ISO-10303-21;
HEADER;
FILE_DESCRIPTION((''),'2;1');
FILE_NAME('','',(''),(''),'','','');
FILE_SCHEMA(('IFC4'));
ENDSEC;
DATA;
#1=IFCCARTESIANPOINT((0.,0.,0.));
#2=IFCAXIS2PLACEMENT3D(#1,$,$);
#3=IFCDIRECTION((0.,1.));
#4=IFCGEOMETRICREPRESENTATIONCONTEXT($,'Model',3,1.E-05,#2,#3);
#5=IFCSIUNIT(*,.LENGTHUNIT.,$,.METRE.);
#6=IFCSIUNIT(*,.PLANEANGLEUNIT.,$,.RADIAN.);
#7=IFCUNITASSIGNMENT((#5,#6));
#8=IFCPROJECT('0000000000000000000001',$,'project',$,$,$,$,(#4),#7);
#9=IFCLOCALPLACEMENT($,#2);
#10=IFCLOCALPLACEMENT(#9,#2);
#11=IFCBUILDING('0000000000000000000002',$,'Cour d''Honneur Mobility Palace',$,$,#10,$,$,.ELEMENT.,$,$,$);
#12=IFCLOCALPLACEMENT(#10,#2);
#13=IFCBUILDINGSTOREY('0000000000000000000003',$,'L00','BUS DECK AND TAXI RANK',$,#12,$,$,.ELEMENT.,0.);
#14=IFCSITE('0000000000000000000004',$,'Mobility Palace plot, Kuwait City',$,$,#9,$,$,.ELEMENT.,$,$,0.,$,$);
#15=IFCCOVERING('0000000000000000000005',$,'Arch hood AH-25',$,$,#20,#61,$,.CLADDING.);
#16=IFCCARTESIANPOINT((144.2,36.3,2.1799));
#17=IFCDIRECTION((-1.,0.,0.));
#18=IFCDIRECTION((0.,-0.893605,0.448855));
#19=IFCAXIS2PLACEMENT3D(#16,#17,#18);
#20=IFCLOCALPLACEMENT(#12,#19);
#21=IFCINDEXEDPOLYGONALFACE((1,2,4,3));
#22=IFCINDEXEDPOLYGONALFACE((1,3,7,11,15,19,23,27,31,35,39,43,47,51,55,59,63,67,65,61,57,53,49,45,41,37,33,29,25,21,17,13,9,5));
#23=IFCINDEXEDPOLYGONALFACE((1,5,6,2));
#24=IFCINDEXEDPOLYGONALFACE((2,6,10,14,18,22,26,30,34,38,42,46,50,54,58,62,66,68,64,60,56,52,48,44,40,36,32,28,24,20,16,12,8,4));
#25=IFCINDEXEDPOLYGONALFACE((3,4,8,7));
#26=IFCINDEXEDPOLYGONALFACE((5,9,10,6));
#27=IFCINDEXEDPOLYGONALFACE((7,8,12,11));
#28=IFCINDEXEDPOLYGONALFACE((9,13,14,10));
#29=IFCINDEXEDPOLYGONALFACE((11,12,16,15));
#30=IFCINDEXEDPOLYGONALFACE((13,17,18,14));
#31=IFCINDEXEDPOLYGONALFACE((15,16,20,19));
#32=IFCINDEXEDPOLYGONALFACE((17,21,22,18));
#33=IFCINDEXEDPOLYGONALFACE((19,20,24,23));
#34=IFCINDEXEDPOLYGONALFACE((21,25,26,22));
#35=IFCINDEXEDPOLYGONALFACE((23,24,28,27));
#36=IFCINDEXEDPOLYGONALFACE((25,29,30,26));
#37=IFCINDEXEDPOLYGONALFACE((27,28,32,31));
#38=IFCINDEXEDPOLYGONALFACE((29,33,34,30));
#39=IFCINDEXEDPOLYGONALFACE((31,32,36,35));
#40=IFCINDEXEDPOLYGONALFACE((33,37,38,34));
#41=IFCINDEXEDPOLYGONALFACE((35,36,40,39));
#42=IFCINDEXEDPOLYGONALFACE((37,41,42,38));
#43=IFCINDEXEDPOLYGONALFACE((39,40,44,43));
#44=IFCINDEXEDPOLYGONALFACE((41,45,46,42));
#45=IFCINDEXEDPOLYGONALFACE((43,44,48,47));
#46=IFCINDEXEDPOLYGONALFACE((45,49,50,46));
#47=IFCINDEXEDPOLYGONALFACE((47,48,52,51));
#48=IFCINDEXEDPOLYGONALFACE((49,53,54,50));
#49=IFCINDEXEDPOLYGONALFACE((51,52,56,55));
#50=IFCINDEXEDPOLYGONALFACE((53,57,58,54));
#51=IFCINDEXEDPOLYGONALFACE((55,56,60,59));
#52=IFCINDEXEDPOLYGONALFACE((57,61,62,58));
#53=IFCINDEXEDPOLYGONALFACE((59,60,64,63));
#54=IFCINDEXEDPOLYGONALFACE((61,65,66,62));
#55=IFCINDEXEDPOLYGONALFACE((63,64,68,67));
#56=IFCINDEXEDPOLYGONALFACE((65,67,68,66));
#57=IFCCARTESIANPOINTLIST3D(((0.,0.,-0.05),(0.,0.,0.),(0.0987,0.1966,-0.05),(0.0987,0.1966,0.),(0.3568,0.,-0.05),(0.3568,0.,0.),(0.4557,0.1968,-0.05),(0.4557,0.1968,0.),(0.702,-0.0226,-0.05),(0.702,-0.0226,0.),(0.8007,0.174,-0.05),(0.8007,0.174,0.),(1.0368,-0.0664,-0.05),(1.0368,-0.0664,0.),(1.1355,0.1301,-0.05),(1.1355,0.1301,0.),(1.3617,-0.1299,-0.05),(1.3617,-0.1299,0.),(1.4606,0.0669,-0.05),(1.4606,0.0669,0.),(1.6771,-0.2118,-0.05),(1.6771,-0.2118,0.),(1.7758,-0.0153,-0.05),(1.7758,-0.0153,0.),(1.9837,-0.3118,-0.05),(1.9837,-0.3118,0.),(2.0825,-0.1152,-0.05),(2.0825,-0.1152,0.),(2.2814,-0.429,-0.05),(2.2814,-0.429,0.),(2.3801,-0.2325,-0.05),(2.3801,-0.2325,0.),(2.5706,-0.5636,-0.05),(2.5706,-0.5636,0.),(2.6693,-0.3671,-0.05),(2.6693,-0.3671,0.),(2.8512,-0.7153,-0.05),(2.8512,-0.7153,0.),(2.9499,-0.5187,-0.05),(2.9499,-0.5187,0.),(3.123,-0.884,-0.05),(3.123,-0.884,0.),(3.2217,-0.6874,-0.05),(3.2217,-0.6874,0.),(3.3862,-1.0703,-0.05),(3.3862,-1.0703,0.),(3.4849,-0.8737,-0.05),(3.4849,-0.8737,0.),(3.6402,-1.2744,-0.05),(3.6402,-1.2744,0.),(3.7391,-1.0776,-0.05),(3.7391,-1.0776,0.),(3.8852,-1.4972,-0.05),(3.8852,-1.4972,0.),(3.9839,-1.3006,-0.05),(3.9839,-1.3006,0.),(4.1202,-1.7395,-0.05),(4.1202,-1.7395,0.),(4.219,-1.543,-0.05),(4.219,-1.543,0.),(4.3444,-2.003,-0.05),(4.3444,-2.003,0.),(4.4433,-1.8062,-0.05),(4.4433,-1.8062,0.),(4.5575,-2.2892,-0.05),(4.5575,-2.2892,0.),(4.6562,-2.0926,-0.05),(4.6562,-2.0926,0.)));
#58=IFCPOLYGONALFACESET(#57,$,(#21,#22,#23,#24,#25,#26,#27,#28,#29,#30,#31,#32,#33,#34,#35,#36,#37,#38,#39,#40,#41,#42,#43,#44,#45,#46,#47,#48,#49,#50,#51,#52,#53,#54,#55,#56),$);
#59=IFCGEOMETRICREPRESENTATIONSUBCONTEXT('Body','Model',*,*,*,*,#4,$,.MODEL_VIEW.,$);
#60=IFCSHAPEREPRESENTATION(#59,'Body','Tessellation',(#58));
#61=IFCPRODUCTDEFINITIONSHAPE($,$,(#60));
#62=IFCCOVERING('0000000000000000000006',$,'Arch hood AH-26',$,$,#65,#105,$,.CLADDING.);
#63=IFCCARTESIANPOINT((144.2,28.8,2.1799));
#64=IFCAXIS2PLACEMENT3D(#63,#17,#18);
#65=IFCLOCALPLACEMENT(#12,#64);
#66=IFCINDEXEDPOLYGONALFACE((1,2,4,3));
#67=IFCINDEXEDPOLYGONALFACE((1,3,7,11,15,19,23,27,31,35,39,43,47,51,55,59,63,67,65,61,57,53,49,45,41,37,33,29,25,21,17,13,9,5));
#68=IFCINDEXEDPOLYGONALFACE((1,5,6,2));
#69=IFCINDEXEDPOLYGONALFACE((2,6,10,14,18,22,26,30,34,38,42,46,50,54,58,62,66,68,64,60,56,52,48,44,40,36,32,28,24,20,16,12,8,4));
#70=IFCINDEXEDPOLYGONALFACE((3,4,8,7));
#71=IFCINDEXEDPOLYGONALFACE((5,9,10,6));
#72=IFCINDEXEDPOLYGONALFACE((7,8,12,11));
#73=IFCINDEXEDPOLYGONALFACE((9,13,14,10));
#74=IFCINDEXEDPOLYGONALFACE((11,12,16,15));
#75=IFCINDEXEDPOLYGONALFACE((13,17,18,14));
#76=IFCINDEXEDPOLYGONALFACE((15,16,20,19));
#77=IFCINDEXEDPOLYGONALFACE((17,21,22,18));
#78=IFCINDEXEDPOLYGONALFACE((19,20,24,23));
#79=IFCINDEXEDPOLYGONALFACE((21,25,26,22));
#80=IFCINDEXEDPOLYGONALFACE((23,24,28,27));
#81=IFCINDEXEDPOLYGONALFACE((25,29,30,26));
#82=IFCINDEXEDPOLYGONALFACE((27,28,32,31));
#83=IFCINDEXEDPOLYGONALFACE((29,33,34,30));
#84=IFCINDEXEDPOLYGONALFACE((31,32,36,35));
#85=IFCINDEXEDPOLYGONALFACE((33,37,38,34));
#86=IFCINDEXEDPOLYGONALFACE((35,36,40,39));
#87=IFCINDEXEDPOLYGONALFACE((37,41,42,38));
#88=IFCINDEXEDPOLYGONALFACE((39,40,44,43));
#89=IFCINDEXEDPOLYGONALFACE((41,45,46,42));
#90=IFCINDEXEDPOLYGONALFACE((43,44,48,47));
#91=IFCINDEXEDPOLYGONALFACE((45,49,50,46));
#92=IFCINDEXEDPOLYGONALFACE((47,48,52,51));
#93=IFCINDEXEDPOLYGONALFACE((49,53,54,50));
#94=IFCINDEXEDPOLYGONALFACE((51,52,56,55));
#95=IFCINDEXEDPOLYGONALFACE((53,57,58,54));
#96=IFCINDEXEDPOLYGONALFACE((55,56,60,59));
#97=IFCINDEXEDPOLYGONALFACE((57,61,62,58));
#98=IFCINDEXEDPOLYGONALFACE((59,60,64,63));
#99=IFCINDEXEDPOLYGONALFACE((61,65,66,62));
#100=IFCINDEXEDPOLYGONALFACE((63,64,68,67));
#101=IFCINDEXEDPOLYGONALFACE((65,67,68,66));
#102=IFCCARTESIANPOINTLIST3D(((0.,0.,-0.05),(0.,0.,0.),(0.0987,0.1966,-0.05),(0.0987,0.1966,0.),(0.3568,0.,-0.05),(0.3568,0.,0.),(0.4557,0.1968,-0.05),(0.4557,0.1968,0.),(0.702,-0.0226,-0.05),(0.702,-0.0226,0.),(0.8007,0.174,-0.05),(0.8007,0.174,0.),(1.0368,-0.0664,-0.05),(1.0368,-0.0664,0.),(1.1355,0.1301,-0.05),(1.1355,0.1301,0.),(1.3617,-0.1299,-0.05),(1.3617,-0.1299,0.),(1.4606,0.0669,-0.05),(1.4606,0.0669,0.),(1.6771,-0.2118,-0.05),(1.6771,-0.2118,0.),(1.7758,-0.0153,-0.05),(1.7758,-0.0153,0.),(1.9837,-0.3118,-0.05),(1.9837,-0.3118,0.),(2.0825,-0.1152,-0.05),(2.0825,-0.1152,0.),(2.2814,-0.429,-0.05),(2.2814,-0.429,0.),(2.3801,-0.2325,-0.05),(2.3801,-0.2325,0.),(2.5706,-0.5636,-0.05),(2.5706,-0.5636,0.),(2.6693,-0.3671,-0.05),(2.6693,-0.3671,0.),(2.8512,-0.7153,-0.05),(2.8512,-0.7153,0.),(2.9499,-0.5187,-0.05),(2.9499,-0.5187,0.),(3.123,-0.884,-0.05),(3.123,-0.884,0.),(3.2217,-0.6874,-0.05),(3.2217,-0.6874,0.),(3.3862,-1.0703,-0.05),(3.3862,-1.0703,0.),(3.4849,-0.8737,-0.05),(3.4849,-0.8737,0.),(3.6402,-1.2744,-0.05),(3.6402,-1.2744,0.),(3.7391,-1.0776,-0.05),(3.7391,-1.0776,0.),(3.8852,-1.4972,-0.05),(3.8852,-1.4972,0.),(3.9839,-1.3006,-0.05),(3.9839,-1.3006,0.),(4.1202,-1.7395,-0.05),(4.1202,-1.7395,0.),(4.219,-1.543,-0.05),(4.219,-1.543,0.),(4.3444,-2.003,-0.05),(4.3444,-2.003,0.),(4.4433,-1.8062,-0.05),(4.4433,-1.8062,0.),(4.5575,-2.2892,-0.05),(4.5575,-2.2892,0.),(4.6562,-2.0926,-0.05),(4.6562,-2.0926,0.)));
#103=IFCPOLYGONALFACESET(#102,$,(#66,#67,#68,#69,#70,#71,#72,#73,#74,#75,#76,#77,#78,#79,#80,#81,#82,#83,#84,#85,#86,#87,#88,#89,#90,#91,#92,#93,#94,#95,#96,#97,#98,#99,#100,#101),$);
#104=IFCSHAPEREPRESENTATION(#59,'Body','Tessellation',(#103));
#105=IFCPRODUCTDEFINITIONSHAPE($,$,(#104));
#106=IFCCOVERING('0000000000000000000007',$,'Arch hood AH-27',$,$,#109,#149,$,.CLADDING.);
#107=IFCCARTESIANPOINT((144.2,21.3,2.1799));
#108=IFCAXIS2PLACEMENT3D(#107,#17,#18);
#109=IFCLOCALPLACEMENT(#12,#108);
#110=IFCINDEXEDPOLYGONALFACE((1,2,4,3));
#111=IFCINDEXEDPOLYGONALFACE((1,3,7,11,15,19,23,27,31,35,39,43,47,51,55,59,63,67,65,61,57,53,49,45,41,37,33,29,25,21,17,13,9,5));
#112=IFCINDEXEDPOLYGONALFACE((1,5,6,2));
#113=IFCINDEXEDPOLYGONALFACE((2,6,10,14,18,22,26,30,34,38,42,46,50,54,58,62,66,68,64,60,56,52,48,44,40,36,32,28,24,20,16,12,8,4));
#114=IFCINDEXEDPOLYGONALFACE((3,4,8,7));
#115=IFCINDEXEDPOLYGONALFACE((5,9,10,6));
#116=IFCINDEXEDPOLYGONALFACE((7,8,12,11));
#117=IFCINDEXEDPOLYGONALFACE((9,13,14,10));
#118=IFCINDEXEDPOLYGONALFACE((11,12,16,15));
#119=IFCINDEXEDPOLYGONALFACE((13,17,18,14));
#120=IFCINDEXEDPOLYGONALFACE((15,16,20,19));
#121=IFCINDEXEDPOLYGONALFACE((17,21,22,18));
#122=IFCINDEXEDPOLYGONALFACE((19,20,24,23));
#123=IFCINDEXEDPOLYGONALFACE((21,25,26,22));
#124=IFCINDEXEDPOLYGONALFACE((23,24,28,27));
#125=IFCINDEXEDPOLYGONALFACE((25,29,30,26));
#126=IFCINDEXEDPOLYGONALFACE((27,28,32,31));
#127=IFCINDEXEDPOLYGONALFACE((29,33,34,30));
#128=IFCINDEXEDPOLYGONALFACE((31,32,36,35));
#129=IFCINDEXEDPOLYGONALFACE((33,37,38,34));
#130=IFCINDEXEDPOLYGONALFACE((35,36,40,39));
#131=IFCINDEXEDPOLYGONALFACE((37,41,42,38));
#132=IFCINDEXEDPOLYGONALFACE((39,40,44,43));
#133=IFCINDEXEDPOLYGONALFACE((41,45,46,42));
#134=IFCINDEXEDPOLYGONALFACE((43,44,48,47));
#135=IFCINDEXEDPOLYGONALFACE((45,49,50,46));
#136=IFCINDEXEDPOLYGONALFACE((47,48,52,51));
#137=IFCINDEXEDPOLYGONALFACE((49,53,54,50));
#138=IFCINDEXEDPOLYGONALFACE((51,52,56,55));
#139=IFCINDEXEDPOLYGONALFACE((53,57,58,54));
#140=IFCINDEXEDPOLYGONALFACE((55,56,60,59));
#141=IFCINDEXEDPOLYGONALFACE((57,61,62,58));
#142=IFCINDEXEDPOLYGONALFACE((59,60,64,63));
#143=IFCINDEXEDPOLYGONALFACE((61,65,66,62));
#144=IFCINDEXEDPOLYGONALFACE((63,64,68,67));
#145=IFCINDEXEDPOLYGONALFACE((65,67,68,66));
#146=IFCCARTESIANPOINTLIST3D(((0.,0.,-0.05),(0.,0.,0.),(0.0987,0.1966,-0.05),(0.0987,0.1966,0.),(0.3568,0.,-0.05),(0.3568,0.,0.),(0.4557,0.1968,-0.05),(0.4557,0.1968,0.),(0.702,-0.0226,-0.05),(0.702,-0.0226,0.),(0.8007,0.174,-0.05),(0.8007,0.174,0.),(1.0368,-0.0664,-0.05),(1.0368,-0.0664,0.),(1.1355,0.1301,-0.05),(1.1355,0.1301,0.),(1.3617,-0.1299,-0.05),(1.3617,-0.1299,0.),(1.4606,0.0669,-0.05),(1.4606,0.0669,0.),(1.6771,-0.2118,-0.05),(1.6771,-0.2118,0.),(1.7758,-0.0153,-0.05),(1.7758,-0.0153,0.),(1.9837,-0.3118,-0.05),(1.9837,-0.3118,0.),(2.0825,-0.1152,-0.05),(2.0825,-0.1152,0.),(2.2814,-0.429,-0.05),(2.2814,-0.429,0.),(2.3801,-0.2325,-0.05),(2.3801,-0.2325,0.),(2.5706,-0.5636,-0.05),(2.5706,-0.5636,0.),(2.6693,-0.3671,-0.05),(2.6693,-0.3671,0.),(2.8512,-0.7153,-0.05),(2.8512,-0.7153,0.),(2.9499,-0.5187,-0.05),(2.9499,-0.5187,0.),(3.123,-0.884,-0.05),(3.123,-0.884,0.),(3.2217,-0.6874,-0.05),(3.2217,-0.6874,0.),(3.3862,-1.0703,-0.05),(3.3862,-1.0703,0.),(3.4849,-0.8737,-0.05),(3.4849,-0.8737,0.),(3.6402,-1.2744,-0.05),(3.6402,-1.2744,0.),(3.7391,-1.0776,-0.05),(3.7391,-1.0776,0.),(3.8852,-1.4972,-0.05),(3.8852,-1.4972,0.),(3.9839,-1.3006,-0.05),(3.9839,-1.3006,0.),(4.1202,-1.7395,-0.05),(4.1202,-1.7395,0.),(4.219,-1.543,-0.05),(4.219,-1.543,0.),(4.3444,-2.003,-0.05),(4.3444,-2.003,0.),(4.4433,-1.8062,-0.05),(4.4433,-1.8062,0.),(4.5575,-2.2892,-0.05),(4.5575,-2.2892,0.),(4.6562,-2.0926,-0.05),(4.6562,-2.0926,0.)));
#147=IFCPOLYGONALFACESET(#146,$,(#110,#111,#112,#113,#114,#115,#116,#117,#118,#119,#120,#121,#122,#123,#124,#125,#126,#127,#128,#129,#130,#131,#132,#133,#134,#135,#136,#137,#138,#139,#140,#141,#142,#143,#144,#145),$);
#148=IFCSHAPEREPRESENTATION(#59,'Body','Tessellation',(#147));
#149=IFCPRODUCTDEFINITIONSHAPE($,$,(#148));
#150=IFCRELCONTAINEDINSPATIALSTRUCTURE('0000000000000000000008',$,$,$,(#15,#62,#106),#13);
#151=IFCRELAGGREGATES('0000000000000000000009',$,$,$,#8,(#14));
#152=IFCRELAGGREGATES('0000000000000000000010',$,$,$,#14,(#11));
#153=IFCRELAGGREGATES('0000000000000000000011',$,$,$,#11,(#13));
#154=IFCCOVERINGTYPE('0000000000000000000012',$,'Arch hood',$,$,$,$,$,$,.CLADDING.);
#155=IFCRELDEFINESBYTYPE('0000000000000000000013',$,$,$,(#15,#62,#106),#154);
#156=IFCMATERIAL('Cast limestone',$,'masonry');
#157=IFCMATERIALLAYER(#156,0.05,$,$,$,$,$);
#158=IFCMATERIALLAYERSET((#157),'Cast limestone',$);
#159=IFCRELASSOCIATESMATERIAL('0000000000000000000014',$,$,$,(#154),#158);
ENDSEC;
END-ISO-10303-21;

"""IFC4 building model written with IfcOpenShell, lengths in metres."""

from ifc_helpers import new_model, si_unit, direction, frame, origin, place, context, subcontext, project, spatial, polyline, outline, extrude, material, layer, layer_set, type_object, element, save


model = new_model("IFC4")

# Units and contexts
model_context = context("Model", 3, precision=1e-05, world=origin(), true_north=direction((0.0, 1.0)))
body_context = subcontext(model_context, "Body", "Model", "MODEL_VIEW")
ifc_project = project(units=[si_unit("LENGTHUNIT", "METRE"), si_unit("PLANEANGLEUNIT", "RADIAN")], contexts=[model_context])

# Site, building, storey
site_placement = place(None, origin())
site = spatial("IfcSite", under=ifc_project, at=site_placement, Name="Mobility Palace plot, Kuwait City", CompositionType="ELEMENT", RefElevation=0.0)
building_placement = place(site_placement, origin())
building = spatial("IfcBuilding", under=site, at=building_placement, Name="Cour d'Honneur Mobility Palace", CompositionType="ELEMENT")
storey_placement = place(building_placement, origin())
storey = spatial("IfcBuildingStorey", under=building, at=storey_placement, Name="L00", Description="BUS DECK AND TAXI RANK", CompositionType="ELEMENT", Elevation=0.0)

# Coverings
ifc_material_1 = material(Name="Cast limestone", Category="masonry")
ifc_layer_1 = layer(ifc_material_1, 0.05)
ifc_layer_set_1 = layer_set([ifc_layer_1], Name="Cast limestone")
covering_type_1 = type_object("IfcCoveringType", Name="Arch hood", PredefinedType="CLADDING", material=ifc_layer_set_1)
for number, where, z_axis, x_axis, name in (
    (1, (144.2, 36.3, 2.1799), (-1.0, 0.0, 0.0), (0.0, -0.893605, 0.448855), "Arch hood AH-25"),
    (2, (144.2, 28.8, 2.1799), (-1.0, 0.0, 0.0), (0.0, -0.893605, 0.448855), "Arch hood AH-26"),
    (3, (144.2, 21.3, 2.1799), (-1.0, 0.0, 0.0), (0.0, -0.893605, 0.448855), "Arch hood AH-27"),
):
    element("IfcCovering", number, at=place(storey_placement, frame(where, z_axis=z_axis, x_axis=x_axis)), inside=storey, type_object=covering_type_1, Name=name, PredefinedType="CLADDING", context=body_context, shape_type="SweptSolid", body=[
        extrude(outline(polyline([(0.0, 0.0), (0.3568, 0.0), (0.702, -0.0226), (1.0368, -0.0664), (1.3617, -0.1299), (1.6771, -0.2118), (1.9837, -0.3118), (2.2814, -0.429), (2.5706, -0.5636), (2.8512, -0.7153), (3.123, -0.884), (3.3862, -1.0703), (3.6402, -1.2744), (3.8852, -1.4972), (4.1202, -1.7395), (4.3444, -2.003), (4.5575, -2.2892), (4.6562, -2.0926), (4.4433, -1.8062), (4.219, -1.543), (3.9839, -1.3006), (3.7391, -1.0776), (3.4849, -0.8737), (3.2217, -0.6874), (2.9499, -0.5187), (2.6693, -0.3671), (2.3801, -0.2325), (2.0825, -0.1152), (1.7758, -0.0153), (1.4606, 0.0669), (1.1355, 0.1301), (0.8007, 0.174), (0.4557, 0.1968), (0.0987, 0.1966), (0.0, 0.0)])), origin(), (0.0, 0.0, -1.0), 0.05),
    ])

save(model, "model.ifc")
